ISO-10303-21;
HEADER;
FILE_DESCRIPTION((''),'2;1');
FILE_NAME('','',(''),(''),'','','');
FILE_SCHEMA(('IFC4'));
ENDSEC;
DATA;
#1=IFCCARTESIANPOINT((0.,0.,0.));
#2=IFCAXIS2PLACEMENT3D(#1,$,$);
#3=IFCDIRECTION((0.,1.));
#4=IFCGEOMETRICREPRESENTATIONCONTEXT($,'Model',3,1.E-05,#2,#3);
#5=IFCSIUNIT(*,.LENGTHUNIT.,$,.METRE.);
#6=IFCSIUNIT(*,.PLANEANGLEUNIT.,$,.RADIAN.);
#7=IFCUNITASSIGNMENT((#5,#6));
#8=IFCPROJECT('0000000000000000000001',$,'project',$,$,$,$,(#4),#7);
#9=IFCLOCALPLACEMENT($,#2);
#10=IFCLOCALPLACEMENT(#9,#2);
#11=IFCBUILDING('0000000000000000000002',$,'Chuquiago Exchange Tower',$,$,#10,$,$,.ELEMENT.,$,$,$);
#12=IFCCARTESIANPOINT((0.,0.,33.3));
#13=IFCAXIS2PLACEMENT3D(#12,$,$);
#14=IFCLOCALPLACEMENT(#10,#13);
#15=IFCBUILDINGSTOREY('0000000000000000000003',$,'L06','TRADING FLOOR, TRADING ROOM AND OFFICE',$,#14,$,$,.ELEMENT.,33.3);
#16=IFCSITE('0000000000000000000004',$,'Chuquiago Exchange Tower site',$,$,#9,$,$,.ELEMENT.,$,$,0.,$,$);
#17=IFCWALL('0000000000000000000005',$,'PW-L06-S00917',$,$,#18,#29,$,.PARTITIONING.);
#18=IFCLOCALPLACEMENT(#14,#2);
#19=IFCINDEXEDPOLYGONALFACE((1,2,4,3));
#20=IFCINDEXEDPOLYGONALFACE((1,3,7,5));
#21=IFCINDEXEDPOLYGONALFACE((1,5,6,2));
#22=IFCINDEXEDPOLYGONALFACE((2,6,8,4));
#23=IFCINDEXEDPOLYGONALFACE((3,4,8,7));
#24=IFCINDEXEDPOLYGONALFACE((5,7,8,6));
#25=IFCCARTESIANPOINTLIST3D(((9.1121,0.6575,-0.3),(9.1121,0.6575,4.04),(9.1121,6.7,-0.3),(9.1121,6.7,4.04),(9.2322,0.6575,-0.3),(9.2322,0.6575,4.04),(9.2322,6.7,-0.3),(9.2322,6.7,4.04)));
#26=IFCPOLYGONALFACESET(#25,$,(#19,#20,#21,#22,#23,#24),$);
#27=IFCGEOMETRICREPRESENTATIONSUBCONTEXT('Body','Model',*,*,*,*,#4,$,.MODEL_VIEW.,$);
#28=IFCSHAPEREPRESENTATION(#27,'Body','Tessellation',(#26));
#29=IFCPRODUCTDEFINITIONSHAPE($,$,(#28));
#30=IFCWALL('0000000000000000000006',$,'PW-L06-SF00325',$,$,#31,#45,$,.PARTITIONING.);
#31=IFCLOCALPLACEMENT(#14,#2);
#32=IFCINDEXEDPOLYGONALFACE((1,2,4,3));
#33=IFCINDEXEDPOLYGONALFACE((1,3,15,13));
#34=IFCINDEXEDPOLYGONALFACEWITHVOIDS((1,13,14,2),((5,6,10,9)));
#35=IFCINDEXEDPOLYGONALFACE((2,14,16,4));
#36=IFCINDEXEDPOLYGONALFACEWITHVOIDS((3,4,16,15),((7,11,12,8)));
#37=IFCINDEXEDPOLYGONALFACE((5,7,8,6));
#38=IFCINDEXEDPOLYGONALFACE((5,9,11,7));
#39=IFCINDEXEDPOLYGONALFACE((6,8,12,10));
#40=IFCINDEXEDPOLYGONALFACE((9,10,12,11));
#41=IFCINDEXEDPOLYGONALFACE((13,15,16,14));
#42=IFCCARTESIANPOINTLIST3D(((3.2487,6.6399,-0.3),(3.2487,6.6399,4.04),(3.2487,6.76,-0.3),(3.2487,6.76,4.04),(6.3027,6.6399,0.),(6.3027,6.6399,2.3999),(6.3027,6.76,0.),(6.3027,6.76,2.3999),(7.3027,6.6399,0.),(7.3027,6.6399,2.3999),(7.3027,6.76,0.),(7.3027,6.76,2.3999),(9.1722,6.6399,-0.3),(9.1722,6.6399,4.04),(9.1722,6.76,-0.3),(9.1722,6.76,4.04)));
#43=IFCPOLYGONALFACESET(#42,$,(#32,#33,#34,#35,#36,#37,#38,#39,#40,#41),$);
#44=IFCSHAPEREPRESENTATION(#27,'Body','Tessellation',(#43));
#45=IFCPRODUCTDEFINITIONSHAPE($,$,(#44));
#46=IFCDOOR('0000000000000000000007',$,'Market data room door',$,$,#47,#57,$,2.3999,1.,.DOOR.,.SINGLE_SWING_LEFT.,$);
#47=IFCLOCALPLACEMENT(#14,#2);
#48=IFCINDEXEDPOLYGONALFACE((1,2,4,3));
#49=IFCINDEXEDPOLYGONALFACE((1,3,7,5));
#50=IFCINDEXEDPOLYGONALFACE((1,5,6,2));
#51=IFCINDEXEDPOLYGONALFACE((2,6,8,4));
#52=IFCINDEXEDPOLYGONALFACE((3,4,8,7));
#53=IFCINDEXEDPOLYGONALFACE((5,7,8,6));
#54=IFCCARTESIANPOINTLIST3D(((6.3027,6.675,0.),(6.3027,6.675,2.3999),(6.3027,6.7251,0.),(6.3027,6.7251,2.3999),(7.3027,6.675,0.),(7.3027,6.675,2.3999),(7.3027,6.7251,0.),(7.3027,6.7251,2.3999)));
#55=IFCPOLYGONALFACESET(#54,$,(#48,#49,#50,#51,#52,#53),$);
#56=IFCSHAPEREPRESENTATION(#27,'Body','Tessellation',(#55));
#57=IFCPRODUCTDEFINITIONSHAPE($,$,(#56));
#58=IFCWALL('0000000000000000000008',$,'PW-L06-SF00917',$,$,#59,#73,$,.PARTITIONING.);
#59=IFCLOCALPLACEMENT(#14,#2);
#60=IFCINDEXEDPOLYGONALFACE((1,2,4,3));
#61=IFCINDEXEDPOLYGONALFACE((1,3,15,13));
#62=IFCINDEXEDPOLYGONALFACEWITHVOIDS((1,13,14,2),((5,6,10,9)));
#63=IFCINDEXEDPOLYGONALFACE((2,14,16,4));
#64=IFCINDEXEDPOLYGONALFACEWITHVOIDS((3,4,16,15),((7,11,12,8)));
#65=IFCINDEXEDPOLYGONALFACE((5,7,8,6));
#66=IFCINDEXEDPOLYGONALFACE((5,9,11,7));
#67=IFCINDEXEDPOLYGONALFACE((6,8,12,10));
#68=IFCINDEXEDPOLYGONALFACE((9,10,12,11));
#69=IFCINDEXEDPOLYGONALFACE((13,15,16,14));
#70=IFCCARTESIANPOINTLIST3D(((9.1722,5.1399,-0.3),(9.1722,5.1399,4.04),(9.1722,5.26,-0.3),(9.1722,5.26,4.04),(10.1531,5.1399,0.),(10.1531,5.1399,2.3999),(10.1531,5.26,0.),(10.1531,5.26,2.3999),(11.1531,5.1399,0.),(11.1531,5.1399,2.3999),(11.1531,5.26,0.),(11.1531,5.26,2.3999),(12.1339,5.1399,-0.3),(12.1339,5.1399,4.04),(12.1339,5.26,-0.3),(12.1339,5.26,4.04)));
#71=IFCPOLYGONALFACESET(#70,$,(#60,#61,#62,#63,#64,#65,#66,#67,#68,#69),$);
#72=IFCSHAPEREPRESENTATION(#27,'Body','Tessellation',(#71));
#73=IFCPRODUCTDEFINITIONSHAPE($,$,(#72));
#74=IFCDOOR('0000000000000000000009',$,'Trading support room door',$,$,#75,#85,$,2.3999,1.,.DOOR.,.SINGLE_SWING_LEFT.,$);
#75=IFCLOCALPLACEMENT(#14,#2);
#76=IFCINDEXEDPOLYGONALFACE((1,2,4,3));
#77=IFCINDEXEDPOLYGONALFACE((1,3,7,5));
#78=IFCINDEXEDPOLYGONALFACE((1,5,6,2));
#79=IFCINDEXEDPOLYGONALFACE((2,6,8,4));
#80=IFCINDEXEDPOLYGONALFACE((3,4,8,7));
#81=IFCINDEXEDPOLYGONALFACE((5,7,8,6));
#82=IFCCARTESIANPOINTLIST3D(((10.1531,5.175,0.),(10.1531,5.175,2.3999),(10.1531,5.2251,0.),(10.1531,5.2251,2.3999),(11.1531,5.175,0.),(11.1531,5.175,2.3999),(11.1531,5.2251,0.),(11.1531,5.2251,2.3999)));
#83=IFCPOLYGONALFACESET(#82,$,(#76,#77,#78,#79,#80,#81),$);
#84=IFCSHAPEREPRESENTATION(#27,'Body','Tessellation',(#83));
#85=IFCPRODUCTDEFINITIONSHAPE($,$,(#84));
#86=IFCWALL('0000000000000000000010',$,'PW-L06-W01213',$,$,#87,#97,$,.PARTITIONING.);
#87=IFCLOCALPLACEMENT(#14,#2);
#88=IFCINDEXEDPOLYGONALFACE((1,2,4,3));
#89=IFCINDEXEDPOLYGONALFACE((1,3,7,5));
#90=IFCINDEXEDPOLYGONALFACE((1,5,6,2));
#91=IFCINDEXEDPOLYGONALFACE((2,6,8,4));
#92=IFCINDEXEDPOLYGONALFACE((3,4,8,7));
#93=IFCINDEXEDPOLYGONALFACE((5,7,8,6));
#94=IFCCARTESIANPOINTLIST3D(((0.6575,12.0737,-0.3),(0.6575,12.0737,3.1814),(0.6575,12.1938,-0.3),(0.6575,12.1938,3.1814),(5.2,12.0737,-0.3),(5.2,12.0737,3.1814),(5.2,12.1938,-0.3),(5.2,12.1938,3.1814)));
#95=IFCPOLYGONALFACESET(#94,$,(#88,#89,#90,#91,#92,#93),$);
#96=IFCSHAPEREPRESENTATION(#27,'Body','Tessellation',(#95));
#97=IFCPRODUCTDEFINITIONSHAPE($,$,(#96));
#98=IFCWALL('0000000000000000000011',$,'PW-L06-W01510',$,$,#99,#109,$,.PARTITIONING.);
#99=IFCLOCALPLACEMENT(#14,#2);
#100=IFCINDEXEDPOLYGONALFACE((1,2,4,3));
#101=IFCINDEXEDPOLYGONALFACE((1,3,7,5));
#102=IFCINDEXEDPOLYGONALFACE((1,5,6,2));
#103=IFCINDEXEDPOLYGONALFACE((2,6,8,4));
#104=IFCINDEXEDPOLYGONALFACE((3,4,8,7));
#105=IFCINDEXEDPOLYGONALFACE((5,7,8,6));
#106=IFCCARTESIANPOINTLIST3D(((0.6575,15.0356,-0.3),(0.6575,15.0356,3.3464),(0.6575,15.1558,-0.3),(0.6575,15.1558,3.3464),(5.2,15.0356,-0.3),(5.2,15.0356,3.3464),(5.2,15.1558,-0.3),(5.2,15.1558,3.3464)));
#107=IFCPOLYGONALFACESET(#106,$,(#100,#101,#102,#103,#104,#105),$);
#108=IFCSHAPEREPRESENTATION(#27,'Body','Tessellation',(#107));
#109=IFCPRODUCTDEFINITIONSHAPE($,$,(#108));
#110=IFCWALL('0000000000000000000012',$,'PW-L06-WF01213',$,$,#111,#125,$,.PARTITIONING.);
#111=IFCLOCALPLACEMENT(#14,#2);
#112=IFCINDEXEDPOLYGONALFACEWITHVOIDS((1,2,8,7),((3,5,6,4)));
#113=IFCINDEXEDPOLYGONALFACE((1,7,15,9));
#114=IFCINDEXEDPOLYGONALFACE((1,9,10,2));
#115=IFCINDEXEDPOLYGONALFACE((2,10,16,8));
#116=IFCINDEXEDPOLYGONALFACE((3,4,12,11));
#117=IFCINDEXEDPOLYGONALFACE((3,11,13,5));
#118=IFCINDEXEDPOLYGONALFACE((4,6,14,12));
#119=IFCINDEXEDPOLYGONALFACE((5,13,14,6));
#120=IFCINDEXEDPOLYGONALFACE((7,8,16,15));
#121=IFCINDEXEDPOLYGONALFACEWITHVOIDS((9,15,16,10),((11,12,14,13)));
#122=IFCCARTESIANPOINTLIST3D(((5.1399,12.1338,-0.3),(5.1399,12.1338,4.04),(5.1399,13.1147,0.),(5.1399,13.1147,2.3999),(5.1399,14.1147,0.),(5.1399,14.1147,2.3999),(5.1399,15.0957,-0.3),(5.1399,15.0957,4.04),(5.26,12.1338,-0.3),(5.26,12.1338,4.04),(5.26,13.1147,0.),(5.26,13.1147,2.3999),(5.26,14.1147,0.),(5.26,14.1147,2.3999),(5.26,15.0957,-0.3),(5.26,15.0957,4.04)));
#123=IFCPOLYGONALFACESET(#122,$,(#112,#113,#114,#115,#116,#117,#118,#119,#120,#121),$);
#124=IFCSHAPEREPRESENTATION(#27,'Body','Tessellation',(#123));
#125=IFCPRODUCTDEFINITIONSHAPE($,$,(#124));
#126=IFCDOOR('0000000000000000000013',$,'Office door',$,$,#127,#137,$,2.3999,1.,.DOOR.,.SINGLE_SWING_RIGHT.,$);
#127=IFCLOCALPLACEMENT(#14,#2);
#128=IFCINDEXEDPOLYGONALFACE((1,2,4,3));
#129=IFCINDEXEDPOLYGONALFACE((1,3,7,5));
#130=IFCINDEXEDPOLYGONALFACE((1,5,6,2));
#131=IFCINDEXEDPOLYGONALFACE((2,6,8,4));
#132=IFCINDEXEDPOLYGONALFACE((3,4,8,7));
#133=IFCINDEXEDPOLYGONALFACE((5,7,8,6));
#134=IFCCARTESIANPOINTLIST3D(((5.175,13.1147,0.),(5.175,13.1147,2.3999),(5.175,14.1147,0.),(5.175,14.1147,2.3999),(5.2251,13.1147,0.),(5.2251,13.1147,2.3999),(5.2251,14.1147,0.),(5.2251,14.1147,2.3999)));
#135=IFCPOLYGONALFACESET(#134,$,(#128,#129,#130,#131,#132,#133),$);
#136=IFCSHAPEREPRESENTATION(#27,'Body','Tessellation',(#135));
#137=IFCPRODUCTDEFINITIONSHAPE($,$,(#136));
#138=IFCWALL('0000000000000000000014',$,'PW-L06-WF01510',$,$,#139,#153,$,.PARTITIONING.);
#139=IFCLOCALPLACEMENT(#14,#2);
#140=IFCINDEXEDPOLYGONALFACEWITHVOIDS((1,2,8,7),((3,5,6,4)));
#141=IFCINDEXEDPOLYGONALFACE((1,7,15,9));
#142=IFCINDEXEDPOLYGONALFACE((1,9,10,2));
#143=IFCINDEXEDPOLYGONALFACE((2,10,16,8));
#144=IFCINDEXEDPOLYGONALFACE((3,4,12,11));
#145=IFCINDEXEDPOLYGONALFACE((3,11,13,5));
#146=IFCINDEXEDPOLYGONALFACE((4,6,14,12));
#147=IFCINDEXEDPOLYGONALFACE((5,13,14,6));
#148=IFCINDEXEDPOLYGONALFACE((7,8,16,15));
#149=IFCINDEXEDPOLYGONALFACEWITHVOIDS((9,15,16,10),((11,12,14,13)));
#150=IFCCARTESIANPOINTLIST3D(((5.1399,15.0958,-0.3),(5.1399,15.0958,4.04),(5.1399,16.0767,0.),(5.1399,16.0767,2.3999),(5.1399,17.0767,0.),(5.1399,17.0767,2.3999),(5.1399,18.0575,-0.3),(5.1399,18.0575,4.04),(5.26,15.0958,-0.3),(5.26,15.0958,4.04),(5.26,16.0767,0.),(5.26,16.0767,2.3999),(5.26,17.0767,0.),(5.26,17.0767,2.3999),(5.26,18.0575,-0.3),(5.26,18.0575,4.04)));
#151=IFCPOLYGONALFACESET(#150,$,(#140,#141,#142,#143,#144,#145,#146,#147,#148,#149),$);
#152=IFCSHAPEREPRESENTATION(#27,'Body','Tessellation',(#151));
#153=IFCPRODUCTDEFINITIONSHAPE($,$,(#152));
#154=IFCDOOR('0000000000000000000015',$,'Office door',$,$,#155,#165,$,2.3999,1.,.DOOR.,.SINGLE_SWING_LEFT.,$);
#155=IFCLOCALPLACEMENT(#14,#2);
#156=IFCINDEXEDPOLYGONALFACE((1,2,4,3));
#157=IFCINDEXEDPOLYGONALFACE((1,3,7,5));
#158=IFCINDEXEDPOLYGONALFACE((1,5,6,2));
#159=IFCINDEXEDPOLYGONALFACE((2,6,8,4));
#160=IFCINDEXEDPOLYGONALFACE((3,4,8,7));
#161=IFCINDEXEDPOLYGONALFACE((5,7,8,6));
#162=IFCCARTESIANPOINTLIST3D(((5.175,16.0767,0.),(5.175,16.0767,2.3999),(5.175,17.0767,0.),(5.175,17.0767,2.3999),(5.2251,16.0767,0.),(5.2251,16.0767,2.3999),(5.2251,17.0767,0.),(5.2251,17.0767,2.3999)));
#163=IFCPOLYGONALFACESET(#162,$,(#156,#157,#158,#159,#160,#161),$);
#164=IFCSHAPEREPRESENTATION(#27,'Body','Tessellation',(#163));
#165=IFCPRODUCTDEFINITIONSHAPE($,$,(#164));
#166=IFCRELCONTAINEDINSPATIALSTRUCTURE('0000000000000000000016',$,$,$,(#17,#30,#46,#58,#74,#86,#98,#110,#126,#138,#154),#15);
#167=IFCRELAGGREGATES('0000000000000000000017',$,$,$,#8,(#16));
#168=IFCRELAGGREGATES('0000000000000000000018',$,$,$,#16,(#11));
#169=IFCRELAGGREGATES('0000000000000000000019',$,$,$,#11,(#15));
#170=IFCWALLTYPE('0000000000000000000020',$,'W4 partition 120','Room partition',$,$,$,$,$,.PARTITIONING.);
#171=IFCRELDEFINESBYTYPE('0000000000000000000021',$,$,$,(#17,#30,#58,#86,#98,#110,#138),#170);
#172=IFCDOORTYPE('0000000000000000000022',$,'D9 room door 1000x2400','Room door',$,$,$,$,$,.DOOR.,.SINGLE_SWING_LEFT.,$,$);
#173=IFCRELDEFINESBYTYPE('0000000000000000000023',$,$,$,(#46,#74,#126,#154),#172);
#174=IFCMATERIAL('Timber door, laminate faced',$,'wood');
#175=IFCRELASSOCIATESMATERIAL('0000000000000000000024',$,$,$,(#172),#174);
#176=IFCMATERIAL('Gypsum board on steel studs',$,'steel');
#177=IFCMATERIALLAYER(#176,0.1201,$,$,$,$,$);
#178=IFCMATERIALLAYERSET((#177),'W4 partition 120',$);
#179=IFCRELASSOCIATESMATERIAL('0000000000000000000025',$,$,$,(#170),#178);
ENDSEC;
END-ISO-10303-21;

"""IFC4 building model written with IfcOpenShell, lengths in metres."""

from ifc_helpers import new_model, si_unit, direction, frame, frame_2d, origin, place, context, subcontext, project, spatial, rectangle, extrude, material, layer, layer_set, type_object, element, fill, save


model = new_model("IFC4")

# Units and contexts
model_context = context("Model", 3, precision=1e-05, world=origin(), true_north=direction((0.0, 1.0)))
body_context = subcontext(model_context, "Body", "Model", "MODEL_VIEW")
ifc_project = project(units=[si_unit("LENGTHUNIT", "METRE"), si_unit("PLANEANGLEUNIT", "RADIAN")], contexts=[model_context])

# Site, building, storey
site_placement = place(None, origin())
site = spatial("IfcSite", under=ifc_project, at=site_placement, Name="Chuquiago Exchange Tower site", CompositionType="ELEMENT", RefElevation=0.0)
building_placement = place(site_placement, origin())
building = spatial("IfcBuilding", under=site, at=building_placement, Name="Chuquiago Exchange Tower", CompositionType="ELEMENT")
storey_placement = place(building_placement, frame((0.0, 0.0, 33.3)))
storey = spatial("IfcBuildingStorey", under=building, at=storey_placement, Name="L06", Description="TRADING FLOOR, TRADING ROOM AND OFFICE", CompositionType="ELEMENT", Elevation=33.3)

# Shared definitions
ifc_material_1 = material(Name="Timber door, laminate faced", Category="wood")
door_type = type_object("IfcDoorType", Name="D9 room door 1000x2400", Description="Room door", OperationType="SINGLE_SWING_LEFT", PredefinedType="DOOR", material=ifc_material_1)

# Wall
ifc_material_2 = material(Name="Gypsum board on steel studs", Category="steel")
ifc_layer_1 = layer(ifc_material_2, 0.1201)
ifc_layer_set_1 = layer_set([ifc_layer_1], Name="W4 partition 120")
wall_type_1 = type_object("IfcWallType", Name="W4 partition 120", Description="Room partition", PredefinedType="PARTITIONING", material=ifc_layer_set_1)
wall_1_placement = place(storey_placement, frame((9.1721, 0.6575, -0.3), z_axis=(0.0, 0.0, 1.0), x_axis=(0.0, 1.0, 0.0)))
element("IfcWall", 1, at=wall_1_placement, inside=storey, type_object=wall_type_1, Name="PW-L06-S00917", PredefinedType="PARTITIONING", context=body_context, shape_type="SweptSolid", body=[
    extrude(rectangle(XDim=6.0425, YDim=0.1201, at=frame_2d((3.0212, 0.0))), origin(), (0.0, 0.0, 1.0), 4.3401),
])

# Walls, openings, doors
wall_2_placement = place(storey_placement, frame((3.2485, 6.7, -0.3), z_axis=(0.0, 0.0, 1.0), x_axis=(1.0, 0.0, 0.0)))
wall_2 = element("IfcWall", 2, at=wall_2_placement, inside=storey, type_object=wall_type_1, Name="PW-L06-SF00325", PredefinedType="PARTITIONING", context=body_context, shape_type="SweptSolid", body=[
    extrude(rectangle(XDim=5.9236, YDim=0.1201, at=frame_2d((2.9619, 0.0))), origin(), (0.0, 0.0, 1.0), 4.3401),
])
opening_1_placement = place(wall_2_placement, frame((3.0542, 0.0, 0.3)))
opening_1 = element("IfcOpeningElement", 3, at=opening_1_placement, cuts=wall_2, PredefinedType="OPENING", context=body_context, shape_type="SweptSolid", body=[
    extrude(rectangle(XDim=1.0, YDim=2.3999, at=frame_2d((0.5, 1.2))), frame((0.0, 0.0701, 0.0), z_axis=(0.0, -1.0, 0.0), x_axis=(1.0, 0.0, 0.0)), (0.0, 0.0, 1.0), 0.1401),
])
door_1_placement = place(opening_1_placement, frame((1.0, 0.0, 0.0), z_axis=(0.0, 0.0, 1.0), x_axis=(-1.0, 0.0, 0.0)))
door_1 = element("IfcDoor", 4, at=door_1_placement, inside=storey, type_object=door_type, Name="Market data room door", OperationType="SINGLE_SWING_LEFT", OverallHeight=2.3999, OverallWidth=1.0, PredefinedType="DOOR", context=body_context, shape_type="SweptSolid", body=[
    extrude(rectangle(XDim=1.0, YDim=2.3999, at=frame_2d((0.5, 1.2))), frame((0.0, 0.0249, 0.0), z_axis=(0.0, -1.0, 0.0), x_axis=(1.0, 0.0, 0.0)), (0.0, 0.0, 1.0), 0.05),
])
fill(opening_1, door_1)
wall_3_placement = place(storey_placement, frame((9.1721, 5.2, -0.3), z_axis=(0.0, 0.0, 1.0), x_axis=(1.0, 0.0, 0.0)))
wall_3 = element("IfcWall", 5, at=wall_3_placement, inside=storey, type_object=wall_type_1, Name="PW-L06-SF00917", PredefinedType="PARTITIONING", context=body_context, shape_type="SweptSolid", body=[
    extrude(rectangle(XDim=2.9617, YDim=0.1201, at=frame_2d((1.481, 0.0))), origin(), (0.0, 0.0, 1.0), 4.3401),
])
opening_2_placement = place(wall_3_placement, frame((0.981, 0.0, 0.3)))
opening_2 = element("IfcOpeningElement", 6, at=opening_2_placement, cuts=wall_3, PredefinedType="OPENING", context=body_context, shape_type="SweptSolid", body=[
    extrude(rectangle(XDim=1.0, YDim=2.3999, at=frame_2d((0.5, 1.2))), frame((0.0, 0.0701, 0.0), z_axis=(0.0, -1.0, 0.0), x_axis=(1.0, 0.0, 0.0)), (0.0, 0.0, 1.0), 0.1401),
])
door_2_placement = place(opening_2_placement, frame((1.0, 0.0, 0.0), z_axis=(0.0, 0.0, 1.0), x_axis=(-1.0, 0.0, 0.0)))
door_2 = element("IfcDoor", 7, at=door_2_placement, inside=storey, type_object=door_type, Name="Trading support room door", OperationType="SINGLE_SWING_LEFT", OverallHeight=2.3999, OverallWidth=1.0, PredefinedType="DOOR", context=body_context, shape_type="SweptSolid", body=[
    extrude(rectangle(XDim=1.0, YDim=2.3999, at=frame_2d((0.5, 1.2))), frame((0.0, 0.0249, 0.0), z_axis=(0.0, -1.0, 0.0), x_axis=(1.0, 0.0, 0.0)), (0.0, 0.0, 1.0), 0.05),
])
fill(opening_2, door_2)

# Walls
wall_4_placement = place(storey_placement, frame((0.6575, 12.1338, -0.3), z_axis=(0.0, 0.0, 1.0), x_axis=(1.0, 0.0, 0.0)))
element("IfcWall", 8, at=wall_4_placement, inside=storey, type_object=wall_type_1, Name="PW-L06-W01213", PredefinedType="PARTITIONING", context=body_context, shape_type="SweptSolid", body=[
    extrude(rectangle(XDim=4.5425, YDim=0.1201, at=frame_2d((2.2712, 0.0))), origin(), (0.0, 0.0, 1.0), 3.4814),
])
wall_5_placement = place(storey_placement, frame((0.6575, 15.0957, -0.3), z_axis=(0.0, 0.0, 1.0), x_axis=(1.0, 0.0, 0.0)))
element("IfcWall", 9, at=wall_5_placement, inside=storey, type_object=wall_type_1, Name="PW-L06-W01510", PredefinedType="PARTITIONING", context=body_context, shape_type="SweptSolid", body=[
    extrude(rectangle(XDim=4.5425, YDim=0.1201, at=frame_2d((2.2712, 0.0))), origin(), (0.0, 0.0, 1.0), 3.6465),
])

# Walls, openings, doors
wall_6_placement = place(storey_placement, frame((5.2, 12.1338, -0.3), z_axis=(0.0, 0.0, 1.0), x_axis=(0.0, 1.0, 0.0)))
wall_6 = element("IfcWall", 10, at=wall_6_placement, inside=storey, type_object=wall_type_1, Name="PW-L06-WF01213", PredefinedType="PARTITIONING", context=body_context, shape_type="SweptSolid", body=[
    extrude(rectangle(XDim=2.9619, YDim=0.1201, at=frame_2d((1.481, 0.0))), origin(), (0.0, 0.0, 1.0), 4.3401),
])
opening_3_placement = place(wall_6_placement, frame((0.981, 0.0, 0.3)))
opening_3 = element("IfcOpeningElement", 11, at=opening_3_placement, cuts=wall_6, PredefinedType="OPENING", context=body_context, shape_type="SweptSolid", body=[
    extrude(rectangle(XDim=1.0, YDim=2.3999, at=frame_2d((0.5, 1.2))), frame((0.0, 0.0701, 0.0), z_axis=(0.0, -1.0, 0.0), x_axis=(1.0, 0.0, 0.0)), (0.0, 0.0, 1.0), 0.1401),
])
door_3_placement = place(opening_3_placement, origin())
door_3 = element("IfcDoor", 12, at=door_3_placement, inside=storey, type_object=door_type, Name="Office door", OperationType="SINGLE_SWING_RIGHT", OverallHeight=2.3999, OverallWidth=1.0, PredefinedType="DOOR", context=body_context, shape_type="SweptSolid", body=[
    extrude(rectangle(XDim=1.0, YDim=2.3999, at=frame_2d((0.5, 1.2))), frame((0.0, 0.0249, 0.0), z_axis=(0.0, -1.0, 0.0), x_axis=(1.0, 0.0, 0.0)), (0.0, 0.0, 1.0), 0.05),
])
fill(opening_3, door_3)
wall_7_placement = place(storey_placement, frame((5.2, 15.0957, -0.3), z_axis=(0.0, 0.0, 1.0), x_axis=(0.0, 1.0, 0.0)))
wall_7 = element("IfcWall", 13, at=wall_7_placement, inside=storey, type_object=wall_type_1, Name="PW-L06-WF01510", PredefinedType="PARTITIONING", context=body_context, shape_type="SweptSolid", body=[
    extrude(rectangle(XDim=2.9617, YDim=0.1201, at=frame_2d((1.481, 0.0))), origin(), (0.0, 0.0, 1.0), 4.3401),
])
opening_4_placement = place(wall_7_placement, frame((0.981, 0.0, 0.3)))
opening_4 = element("IfcOpeningElement", 14, at=opening_4_placement, cuts=wall_7, PredefinedType="OPENING", context=body_context, shape_type="SweptSolid", body=[
    extrude(rectangle(XDim=1.0, YDim=2.3999, at=frame_2d((0.5, 1.2))), frame((0.0, 0.0701, 0.0), z_axis=(0.0, -1.0, 0.0), x_axis=(1.0, 0.0, 0.0)), (0.0, 0.0, 1.0), 0.1401),
])
door_4_placement = place(opening_4_placement, origin())
door_4 = element("IfcDoor", 15, at=door_4_placement, inside=storey, type_object=door_type, Name="Office door", OperationType="SINGLE_SWING_LEFT", OverallHeight=2.3999, OverallWidth=1.0, PredefinedType="DOOR", context=body_context, shape_type="SweptSolid", body=[
    extrude(rectangle(XDim=1.0, YDim=2.3999, at=frame_2d((0.5, 1.2))), frame((0.0, 0.0249, 0.0), z_axis=(0.0, -1.0, 0.0), x_axis=(1.0, 0.0, 0.0)), (0.0, 0.0, 1.0), 0.05),
])
fill(opening_4, door_4)

save(model, "model.ifc")
